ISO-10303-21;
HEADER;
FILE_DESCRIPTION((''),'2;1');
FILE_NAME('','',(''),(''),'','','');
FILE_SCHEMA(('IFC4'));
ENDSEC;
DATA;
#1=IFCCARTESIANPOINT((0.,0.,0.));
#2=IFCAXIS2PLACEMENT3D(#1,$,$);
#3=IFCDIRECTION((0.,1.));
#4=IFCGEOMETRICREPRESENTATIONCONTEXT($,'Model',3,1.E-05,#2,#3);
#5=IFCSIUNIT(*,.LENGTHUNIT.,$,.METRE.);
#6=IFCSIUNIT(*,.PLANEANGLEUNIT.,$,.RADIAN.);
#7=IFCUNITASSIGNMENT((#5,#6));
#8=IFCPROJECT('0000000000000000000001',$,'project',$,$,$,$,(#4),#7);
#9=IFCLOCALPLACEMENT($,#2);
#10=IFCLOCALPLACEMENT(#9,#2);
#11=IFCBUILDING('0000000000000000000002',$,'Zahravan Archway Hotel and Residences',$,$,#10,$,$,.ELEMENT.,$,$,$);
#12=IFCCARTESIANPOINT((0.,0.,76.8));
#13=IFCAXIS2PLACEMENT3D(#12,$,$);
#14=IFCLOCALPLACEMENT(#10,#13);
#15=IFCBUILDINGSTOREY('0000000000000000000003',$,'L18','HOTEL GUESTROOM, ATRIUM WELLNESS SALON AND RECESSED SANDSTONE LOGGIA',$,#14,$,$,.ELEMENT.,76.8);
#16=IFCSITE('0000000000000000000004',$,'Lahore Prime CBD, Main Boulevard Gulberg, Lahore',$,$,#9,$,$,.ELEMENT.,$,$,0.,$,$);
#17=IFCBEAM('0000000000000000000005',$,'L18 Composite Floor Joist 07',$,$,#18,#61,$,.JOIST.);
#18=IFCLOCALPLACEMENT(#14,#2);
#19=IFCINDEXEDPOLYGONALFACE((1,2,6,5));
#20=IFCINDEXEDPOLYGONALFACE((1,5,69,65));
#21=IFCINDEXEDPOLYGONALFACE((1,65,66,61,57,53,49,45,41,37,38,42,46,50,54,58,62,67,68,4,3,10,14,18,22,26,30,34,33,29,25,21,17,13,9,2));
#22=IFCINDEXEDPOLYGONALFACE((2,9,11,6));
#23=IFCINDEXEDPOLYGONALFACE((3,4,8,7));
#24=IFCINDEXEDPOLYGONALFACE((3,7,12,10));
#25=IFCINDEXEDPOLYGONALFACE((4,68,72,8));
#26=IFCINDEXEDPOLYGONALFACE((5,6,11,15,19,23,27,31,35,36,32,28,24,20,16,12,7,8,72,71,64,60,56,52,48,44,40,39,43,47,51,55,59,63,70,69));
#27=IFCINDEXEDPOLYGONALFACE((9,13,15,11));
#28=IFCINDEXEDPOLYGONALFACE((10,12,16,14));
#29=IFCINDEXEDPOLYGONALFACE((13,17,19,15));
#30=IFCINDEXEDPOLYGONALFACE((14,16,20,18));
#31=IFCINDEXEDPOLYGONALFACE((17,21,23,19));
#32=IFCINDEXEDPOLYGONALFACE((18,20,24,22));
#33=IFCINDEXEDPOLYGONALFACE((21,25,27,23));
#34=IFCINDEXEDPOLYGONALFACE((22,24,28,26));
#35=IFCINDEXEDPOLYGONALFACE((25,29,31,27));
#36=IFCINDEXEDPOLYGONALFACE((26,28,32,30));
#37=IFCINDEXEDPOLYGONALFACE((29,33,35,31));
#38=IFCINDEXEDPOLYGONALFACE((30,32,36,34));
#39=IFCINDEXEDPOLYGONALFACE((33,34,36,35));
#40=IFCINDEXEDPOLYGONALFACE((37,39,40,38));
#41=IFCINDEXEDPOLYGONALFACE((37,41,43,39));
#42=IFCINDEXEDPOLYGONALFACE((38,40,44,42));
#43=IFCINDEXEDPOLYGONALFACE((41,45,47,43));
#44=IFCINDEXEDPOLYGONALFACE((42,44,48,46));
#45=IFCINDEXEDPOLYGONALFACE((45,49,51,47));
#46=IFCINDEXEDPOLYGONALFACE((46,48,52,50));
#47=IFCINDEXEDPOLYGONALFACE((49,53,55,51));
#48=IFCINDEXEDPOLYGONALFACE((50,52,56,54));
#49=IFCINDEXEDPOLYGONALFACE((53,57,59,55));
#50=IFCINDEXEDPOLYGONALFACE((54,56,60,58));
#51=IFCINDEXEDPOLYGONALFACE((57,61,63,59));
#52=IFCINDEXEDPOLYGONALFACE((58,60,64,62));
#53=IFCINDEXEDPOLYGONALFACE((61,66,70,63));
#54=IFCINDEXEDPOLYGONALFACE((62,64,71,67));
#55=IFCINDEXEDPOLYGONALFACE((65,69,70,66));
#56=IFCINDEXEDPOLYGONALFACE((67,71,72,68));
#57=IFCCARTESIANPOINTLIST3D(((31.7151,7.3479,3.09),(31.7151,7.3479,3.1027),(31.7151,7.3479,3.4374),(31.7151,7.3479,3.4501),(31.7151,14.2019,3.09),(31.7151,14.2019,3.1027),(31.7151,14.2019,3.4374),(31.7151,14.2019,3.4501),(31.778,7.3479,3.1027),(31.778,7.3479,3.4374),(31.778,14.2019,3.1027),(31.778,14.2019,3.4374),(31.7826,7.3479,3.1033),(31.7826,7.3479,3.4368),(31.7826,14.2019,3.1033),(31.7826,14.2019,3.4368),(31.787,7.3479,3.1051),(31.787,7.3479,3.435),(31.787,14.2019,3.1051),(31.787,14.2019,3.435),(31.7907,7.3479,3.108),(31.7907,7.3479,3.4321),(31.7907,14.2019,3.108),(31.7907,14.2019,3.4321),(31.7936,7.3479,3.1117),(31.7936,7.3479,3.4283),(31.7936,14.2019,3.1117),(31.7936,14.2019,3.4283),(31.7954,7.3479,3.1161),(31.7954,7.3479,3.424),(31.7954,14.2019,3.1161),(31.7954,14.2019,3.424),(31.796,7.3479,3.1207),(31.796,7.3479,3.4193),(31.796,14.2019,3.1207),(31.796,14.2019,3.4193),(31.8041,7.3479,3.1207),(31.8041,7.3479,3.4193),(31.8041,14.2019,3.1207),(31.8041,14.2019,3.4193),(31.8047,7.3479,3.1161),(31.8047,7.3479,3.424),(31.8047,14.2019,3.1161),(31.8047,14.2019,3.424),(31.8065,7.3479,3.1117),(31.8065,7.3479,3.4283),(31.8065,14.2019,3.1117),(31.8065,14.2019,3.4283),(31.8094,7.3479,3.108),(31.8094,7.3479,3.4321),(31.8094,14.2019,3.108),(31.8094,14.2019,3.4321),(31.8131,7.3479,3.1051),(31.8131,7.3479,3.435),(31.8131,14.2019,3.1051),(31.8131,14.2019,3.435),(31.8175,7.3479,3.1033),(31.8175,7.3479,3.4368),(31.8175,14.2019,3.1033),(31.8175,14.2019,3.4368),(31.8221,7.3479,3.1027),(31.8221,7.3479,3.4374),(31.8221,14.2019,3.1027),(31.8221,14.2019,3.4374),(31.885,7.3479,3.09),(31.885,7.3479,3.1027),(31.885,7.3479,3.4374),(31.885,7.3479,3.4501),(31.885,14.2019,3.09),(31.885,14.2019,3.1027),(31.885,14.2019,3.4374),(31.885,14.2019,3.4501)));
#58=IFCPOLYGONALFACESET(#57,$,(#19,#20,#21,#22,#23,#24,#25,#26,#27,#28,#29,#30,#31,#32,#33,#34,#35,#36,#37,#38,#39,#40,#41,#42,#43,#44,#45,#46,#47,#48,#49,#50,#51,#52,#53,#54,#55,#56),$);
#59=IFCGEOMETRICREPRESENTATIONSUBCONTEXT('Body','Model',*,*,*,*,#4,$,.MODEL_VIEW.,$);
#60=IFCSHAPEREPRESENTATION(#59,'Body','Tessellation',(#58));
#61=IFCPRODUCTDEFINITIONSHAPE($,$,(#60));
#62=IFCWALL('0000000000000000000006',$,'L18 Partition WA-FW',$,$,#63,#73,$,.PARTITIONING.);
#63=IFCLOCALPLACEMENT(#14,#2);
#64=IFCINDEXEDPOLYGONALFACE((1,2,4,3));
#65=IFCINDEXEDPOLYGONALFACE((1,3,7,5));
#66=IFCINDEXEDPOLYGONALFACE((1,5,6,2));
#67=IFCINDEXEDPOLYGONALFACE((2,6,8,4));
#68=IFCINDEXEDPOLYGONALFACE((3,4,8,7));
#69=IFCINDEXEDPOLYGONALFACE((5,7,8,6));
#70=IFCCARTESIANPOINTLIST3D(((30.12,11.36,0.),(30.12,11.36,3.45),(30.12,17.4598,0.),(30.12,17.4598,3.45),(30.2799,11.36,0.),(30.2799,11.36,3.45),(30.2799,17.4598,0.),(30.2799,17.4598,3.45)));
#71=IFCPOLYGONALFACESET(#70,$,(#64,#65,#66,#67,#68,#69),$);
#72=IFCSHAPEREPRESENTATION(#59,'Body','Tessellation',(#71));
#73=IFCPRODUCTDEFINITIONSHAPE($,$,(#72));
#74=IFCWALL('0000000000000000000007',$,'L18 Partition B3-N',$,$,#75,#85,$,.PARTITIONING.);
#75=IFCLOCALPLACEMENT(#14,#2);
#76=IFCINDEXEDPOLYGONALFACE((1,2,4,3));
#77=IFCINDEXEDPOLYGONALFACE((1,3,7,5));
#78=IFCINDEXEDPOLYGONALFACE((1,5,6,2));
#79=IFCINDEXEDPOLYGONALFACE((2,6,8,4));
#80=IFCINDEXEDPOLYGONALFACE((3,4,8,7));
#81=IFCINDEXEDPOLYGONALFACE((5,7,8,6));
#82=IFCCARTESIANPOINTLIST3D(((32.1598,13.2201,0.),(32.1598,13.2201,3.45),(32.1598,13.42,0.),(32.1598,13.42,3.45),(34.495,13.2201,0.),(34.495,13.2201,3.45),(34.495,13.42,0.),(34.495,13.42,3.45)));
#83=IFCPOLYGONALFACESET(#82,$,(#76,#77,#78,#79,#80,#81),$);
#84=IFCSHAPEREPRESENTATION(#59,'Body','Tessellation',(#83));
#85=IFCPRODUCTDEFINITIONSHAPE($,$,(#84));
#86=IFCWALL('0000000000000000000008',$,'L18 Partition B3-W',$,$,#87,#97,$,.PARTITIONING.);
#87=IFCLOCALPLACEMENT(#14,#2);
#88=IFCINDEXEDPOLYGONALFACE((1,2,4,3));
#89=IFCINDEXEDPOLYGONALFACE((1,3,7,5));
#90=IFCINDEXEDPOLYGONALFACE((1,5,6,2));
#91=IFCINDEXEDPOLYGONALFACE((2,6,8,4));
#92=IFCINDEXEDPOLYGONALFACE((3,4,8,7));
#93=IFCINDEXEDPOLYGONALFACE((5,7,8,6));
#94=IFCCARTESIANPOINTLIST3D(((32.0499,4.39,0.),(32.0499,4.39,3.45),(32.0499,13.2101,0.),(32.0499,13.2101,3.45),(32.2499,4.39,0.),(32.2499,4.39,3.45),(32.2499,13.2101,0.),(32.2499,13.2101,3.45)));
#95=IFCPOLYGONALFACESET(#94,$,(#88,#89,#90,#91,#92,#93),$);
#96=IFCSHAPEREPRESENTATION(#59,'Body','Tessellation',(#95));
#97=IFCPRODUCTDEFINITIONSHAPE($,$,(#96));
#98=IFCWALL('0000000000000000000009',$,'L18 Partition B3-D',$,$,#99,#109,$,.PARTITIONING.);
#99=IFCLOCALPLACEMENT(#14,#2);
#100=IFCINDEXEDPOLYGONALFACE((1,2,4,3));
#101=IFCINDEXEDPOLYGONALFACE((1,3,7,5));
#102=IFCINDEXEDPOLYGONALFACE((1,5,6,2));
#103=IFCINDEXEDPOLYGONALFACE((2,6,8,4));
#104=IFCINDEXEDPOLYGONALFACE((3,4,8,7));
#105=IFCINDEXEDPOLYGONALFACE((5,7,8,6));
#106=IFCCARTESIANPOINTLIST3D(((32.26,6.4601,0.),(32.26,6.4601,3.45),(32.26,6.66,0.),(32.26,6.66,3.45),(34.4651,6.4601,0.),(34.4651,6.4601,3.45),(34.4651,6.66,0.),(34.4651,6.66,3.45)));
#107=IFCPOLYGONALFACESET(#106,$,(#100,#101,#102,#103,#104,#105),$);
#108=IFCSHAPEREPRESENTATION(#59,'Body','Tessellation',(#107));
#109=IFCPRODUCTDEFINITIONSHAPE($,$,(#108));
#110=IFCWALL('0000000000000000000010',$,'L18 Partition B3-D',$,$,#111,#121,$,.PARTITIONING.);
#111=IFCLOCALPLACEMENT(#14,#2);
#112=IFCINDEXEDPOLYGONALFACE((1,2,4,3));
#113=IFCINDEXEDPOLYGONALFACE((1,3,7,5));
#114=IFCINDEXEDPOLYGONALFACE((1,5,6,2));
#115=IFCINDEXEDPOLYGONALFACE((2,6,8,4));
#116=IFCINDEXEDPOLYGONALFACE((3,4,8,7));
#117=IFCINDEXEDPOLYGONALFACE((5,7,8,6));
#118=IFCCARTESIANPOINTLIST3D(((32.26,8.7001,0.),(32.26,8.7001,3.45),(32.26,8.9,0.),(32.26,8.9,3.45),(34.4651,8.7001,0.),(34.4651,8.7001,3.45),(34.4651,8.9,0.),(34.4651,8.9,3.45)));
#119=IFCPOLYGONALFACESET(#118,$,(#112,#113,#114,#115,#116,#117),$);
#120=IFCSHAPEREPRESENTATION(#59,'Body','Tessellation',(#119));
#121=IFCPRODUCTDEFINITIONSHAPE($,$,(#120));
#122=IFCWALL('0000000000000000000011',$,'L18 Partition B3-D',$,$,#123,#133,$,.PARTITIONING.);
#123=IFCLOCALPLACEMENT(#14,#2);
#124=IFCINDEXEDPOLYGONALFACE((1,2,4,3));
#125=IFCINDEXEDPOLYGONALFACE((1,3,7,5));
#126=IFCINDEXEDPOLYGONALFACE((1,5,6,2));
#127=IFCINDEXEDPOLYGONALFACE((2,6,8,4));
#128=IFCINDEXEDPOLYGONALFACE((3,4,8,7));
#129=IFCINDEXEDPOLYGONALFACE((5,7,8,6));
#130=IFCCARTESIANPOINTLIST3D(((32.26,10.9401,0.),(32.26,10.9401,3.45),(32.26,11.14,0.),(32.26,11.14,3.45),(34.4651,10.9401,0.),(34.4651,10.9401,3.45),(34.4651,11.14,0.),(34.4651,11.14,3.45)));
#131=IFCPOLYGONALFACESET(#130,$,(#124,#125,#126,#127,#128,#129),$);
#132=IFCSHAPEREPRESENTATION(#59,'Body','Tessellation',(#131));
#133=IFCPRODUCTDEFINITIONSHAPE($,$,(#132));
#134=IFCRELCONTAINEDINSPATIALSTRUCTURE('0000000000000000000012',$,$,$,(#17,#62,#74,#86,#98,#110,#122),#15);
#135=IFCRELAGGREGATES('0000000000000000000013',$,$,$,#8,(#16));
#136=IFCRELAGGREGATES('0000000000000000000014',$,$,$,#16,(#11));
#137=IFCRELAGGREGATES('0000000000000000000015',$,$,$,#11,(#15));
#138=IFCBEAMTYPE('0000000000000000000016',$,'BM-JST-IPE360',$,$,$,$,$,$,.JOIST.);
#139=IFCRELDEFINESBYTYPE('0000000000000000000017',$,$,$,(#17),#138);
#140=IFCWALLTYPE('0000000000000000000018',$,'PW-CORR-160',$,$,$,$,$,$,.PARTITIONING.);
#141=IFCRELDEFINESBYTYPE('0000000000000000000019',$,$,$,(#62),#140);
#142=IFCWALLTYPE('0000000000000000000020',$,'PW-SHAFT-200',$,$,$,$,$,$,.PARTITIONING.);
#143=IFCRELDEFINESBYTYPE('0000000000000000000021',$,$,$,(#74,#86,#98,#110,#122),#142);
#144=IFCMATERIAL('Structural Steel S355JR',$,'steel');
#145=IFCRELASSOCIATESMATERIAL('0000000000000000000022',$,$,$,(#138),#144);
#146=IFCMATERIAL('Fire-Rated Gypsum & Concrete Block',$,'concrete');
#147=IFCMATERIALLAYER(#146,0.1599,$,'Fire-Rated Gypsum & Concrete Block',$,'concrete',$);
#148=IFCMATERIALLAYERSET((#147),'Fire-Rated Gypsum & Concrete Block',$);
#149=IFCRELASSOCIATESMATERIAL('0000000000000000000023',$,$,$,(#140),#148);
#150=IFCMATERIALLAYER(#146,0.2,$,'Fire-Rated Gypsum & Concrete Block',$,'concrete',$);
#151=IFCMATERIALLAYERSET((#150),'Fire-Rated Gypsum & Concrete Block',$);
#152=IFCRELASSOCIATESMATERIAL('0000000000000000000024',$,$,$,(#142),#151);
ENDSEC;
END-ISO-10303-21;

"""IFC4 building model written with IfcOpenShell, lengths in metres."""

from ifc_helpers import new_model, si_unit, direction, frame, frame_2d, origin, origin_2d, place, context, subcontext, project, spatial, rectangle, i_section, extrude, source, transform, mapped, material, layer, layer_set, material_profile, profile_set, type_object, element, save


model = new_model("IFC4")

# Units and contexts
model_context = context("Model", 3, precision=1e-05, world=origin(), true_north=direction((0.0, 1.0)))
body_context = subcontext(model_context, "Body", "Model", "MODEL_VIEW")
ifc_project = project(units=[si_unit("LENGTHUNIT", "METRE"), si_unit("PLANEANGLEUNIT", "RADIAN")], contexts=[model_context])

# Site, building, storey
site_placement = place(None, origin())
site = spatial("IfcSite", under=ifc_project, at=site_placement, Name="Lahore Prime CBD, Main Boulevard Gulberg, Lahore", CompositionType="ELEMENT", RefElevation=0.0)
building_placement = place(site_placement, origin())
building = spatial("IfcBuilding", under=site, at=building_placement, Name="Zahravan Archway Hotel and Residences", CompositionType="ELEMENT")
storey_placement = place(building_placement, frame((0.0, 0.0, 76.8)))
storey = spatial("IfcBuildingStorey", under=building, at=storey_placement, Name="L18", Description="HOTEL GUESTROOM, ATRIUM WELLNESS SALON AND RECESSED SANDSTONE LOGGIA", CompositionType="ELEMENT", Elevation=76.8)

# Beam
ifc_material_1 = material(Name="Structural Steel S355JR", Category="steel")
ifc_material_profile_1 = material_profile(ifc_material_1, i_section(OverallWidth=0.1699, OverallDepth=0.3601, WebThickness=0.0081, FlangeThickness=0.0127, FilletRadius=0.0181, at=origin_2d()), Name="IPE 360", Category="steel")
ifc_profile_set_1 = profile_set([ifc_material_profile_1], Name="Structural Steel S355JR")
beam_type_1 = type_object("IfcBeamType", Name="BM-JST-IPE360", PredefinedType="JOIST", material=ifc_profile_set_1)
shared_shape_1 = source(origin(), body_context, "Body", "SweptSolid", [
    extrude(i_section(OverallWidth=0.1699, OverallDepth=0.3601, WebThickness=0.0081, FlangeThickness=0.0127, FilletRadius=0.0181, at=origin_2d()), origin(), (0.0, 0.0, 1.0), 6.854),
])
beam_1_placement = place(storey_placement, frame((31.8, 7.3479, 3.27), z_axis=(0.0, 1.0, 0.0), x_axis=(-1.0, 0.0, 0.0)))
element("IfcBeam", 1, at=beam_1_placement, inside=storey, type_object=beam_type_1, Name="L18 Composite Floor Joist 07", PredefinedType="JOIST", context=body_context, shape_type="MappedRepresentation", body=[
    mapped(shared_shape_1, transform((0.0, 0.0, 0.0), scale=1.0)),
])

# Walls
ifc_material_2 = material(Name="Fire-Rated Gypsum & Concrete Block", Category="concrete")
ifc_layer_1 = layer(ifc_material_2, 0.1599, Name="Fire-Rated Gypsum & Concrete Block", Category="concrete")
ifc_layer_set_1 = layer_set([ifc_layer_1], Name="Fire-Rated Gypsum & Concrete Block")
wall_type_1 = type_object("IfcWallType", Name="PW-CORR-160", PredefinedType="PARTITIONING", material=ifc_layer_set_1)
wall_1_placement = place(storey_placement, frame((30.2, 11.3601, 0.0), z_axis=(0.0, 0.0, 1.0), x_axis=(0.0, 1.0, 0.0)))
element("IfcWall", 2, at=wall_1_placement, inside=storey, type_object=wall_type_1, Name="L18 Partition WA-FW", PredefinedType="PARTITIONING", context=body_context, shape_type="SweptSolid", body=[
    extrude(rectangle(XDim=6.0999, YDim=0.1599, at=frame_2d((3.0498, 0.0))), origin(), (0.0, 0.0, 1.0), 3.45),
])
ifc_layer_2 = layer(ifc_material_2, 0.2, Name="Fire-Rated Gypsum & Concrete Block", Category="concrete")
ifc_layer_set_2 = layer_set([ifc_layer_2], Name="Fire-Rated Gypsum & Concrete Block")
wall_type_2 = type_object("IfcWallType", Name="PW-SHAFT-200", PredefinedType="PARTITIONING", material=ifc_layer_set_2)
wall_2_placement = place(storey_placement, frame((32.1599, 13.3201, 0.0), z_axis=(0.0, 0.0, 1.0), x_axis=(1.0, 0.0, 0.0)))
element("IfcWall", 3, at=wall_2_placement, inside=storey, type_object=wall_type_2, Name="L18 Partition B3-N", PredefinedType="PARTITIONING", context=body_context, shape_type="SweptSolid", body=[
    extrude(rectangle(XDim=2.3352, YDim=0.2, at=frame_2d((1.1675, 0.0))), origin(), (0.0, 0.0, 1.0), 3.45),
])
wall_3_placement = place(storey_placement, frame((32.1499, 4.3899, 0.0), z_axis=(0.0, 0.0, 1.0), x_axis=(0.0, 1.0, 0.0)))
element("IfcWall", 4, at=wall_3_placement, inside=storey, type_object=wall_type_2, Name="L18 Partition B3-W", PredefinedType="PARTITIONING", context=body_context, shape_type="SweptSolid", body=[
    extrude(rectangle(XDim=8.8201, YDim=0.2, at=frame_2d((4.4102, 0.0))), origin(), (0.0, 0.0, 1.0), 3.45),
])
for number, where, z_axis, x_axis, name in (
    (5, (32.26, 6.5601, 0.0), (0.0, 0.0, 1.0), (1.0, 0.0, 0.0), "L18 Partition B3-D"),
    (6, (32.26, 8.8, 0.0), (0.0, 0.0, 1.0), (1.0, 0.0, 0.0), "L18 Partition B3-D"),
    (7, (32.26, 11.04, 0.0), (0.0, 0.0, 1.0), (1.0, 0.0, 0.0), "L18 Partition B3-D"),
):
    element("IfcWall", number, at=place(storey_placement, frame(where, z_axis=z_axis, x_axis=x_axis)), inside=storey, type_object=wall_type_2, Name=name, PredefinedType="PARTITIONING", context=body_context, shape_type="SweptSolid", body=[
        extrude(rectangle(XDim=2.2051, YDim=0.2, at=frame_2d((1.1025, 0.0))), origin(), (0.0, 0.0, 1.0), 3.45),
    ])

save(model, "model.ifc")
